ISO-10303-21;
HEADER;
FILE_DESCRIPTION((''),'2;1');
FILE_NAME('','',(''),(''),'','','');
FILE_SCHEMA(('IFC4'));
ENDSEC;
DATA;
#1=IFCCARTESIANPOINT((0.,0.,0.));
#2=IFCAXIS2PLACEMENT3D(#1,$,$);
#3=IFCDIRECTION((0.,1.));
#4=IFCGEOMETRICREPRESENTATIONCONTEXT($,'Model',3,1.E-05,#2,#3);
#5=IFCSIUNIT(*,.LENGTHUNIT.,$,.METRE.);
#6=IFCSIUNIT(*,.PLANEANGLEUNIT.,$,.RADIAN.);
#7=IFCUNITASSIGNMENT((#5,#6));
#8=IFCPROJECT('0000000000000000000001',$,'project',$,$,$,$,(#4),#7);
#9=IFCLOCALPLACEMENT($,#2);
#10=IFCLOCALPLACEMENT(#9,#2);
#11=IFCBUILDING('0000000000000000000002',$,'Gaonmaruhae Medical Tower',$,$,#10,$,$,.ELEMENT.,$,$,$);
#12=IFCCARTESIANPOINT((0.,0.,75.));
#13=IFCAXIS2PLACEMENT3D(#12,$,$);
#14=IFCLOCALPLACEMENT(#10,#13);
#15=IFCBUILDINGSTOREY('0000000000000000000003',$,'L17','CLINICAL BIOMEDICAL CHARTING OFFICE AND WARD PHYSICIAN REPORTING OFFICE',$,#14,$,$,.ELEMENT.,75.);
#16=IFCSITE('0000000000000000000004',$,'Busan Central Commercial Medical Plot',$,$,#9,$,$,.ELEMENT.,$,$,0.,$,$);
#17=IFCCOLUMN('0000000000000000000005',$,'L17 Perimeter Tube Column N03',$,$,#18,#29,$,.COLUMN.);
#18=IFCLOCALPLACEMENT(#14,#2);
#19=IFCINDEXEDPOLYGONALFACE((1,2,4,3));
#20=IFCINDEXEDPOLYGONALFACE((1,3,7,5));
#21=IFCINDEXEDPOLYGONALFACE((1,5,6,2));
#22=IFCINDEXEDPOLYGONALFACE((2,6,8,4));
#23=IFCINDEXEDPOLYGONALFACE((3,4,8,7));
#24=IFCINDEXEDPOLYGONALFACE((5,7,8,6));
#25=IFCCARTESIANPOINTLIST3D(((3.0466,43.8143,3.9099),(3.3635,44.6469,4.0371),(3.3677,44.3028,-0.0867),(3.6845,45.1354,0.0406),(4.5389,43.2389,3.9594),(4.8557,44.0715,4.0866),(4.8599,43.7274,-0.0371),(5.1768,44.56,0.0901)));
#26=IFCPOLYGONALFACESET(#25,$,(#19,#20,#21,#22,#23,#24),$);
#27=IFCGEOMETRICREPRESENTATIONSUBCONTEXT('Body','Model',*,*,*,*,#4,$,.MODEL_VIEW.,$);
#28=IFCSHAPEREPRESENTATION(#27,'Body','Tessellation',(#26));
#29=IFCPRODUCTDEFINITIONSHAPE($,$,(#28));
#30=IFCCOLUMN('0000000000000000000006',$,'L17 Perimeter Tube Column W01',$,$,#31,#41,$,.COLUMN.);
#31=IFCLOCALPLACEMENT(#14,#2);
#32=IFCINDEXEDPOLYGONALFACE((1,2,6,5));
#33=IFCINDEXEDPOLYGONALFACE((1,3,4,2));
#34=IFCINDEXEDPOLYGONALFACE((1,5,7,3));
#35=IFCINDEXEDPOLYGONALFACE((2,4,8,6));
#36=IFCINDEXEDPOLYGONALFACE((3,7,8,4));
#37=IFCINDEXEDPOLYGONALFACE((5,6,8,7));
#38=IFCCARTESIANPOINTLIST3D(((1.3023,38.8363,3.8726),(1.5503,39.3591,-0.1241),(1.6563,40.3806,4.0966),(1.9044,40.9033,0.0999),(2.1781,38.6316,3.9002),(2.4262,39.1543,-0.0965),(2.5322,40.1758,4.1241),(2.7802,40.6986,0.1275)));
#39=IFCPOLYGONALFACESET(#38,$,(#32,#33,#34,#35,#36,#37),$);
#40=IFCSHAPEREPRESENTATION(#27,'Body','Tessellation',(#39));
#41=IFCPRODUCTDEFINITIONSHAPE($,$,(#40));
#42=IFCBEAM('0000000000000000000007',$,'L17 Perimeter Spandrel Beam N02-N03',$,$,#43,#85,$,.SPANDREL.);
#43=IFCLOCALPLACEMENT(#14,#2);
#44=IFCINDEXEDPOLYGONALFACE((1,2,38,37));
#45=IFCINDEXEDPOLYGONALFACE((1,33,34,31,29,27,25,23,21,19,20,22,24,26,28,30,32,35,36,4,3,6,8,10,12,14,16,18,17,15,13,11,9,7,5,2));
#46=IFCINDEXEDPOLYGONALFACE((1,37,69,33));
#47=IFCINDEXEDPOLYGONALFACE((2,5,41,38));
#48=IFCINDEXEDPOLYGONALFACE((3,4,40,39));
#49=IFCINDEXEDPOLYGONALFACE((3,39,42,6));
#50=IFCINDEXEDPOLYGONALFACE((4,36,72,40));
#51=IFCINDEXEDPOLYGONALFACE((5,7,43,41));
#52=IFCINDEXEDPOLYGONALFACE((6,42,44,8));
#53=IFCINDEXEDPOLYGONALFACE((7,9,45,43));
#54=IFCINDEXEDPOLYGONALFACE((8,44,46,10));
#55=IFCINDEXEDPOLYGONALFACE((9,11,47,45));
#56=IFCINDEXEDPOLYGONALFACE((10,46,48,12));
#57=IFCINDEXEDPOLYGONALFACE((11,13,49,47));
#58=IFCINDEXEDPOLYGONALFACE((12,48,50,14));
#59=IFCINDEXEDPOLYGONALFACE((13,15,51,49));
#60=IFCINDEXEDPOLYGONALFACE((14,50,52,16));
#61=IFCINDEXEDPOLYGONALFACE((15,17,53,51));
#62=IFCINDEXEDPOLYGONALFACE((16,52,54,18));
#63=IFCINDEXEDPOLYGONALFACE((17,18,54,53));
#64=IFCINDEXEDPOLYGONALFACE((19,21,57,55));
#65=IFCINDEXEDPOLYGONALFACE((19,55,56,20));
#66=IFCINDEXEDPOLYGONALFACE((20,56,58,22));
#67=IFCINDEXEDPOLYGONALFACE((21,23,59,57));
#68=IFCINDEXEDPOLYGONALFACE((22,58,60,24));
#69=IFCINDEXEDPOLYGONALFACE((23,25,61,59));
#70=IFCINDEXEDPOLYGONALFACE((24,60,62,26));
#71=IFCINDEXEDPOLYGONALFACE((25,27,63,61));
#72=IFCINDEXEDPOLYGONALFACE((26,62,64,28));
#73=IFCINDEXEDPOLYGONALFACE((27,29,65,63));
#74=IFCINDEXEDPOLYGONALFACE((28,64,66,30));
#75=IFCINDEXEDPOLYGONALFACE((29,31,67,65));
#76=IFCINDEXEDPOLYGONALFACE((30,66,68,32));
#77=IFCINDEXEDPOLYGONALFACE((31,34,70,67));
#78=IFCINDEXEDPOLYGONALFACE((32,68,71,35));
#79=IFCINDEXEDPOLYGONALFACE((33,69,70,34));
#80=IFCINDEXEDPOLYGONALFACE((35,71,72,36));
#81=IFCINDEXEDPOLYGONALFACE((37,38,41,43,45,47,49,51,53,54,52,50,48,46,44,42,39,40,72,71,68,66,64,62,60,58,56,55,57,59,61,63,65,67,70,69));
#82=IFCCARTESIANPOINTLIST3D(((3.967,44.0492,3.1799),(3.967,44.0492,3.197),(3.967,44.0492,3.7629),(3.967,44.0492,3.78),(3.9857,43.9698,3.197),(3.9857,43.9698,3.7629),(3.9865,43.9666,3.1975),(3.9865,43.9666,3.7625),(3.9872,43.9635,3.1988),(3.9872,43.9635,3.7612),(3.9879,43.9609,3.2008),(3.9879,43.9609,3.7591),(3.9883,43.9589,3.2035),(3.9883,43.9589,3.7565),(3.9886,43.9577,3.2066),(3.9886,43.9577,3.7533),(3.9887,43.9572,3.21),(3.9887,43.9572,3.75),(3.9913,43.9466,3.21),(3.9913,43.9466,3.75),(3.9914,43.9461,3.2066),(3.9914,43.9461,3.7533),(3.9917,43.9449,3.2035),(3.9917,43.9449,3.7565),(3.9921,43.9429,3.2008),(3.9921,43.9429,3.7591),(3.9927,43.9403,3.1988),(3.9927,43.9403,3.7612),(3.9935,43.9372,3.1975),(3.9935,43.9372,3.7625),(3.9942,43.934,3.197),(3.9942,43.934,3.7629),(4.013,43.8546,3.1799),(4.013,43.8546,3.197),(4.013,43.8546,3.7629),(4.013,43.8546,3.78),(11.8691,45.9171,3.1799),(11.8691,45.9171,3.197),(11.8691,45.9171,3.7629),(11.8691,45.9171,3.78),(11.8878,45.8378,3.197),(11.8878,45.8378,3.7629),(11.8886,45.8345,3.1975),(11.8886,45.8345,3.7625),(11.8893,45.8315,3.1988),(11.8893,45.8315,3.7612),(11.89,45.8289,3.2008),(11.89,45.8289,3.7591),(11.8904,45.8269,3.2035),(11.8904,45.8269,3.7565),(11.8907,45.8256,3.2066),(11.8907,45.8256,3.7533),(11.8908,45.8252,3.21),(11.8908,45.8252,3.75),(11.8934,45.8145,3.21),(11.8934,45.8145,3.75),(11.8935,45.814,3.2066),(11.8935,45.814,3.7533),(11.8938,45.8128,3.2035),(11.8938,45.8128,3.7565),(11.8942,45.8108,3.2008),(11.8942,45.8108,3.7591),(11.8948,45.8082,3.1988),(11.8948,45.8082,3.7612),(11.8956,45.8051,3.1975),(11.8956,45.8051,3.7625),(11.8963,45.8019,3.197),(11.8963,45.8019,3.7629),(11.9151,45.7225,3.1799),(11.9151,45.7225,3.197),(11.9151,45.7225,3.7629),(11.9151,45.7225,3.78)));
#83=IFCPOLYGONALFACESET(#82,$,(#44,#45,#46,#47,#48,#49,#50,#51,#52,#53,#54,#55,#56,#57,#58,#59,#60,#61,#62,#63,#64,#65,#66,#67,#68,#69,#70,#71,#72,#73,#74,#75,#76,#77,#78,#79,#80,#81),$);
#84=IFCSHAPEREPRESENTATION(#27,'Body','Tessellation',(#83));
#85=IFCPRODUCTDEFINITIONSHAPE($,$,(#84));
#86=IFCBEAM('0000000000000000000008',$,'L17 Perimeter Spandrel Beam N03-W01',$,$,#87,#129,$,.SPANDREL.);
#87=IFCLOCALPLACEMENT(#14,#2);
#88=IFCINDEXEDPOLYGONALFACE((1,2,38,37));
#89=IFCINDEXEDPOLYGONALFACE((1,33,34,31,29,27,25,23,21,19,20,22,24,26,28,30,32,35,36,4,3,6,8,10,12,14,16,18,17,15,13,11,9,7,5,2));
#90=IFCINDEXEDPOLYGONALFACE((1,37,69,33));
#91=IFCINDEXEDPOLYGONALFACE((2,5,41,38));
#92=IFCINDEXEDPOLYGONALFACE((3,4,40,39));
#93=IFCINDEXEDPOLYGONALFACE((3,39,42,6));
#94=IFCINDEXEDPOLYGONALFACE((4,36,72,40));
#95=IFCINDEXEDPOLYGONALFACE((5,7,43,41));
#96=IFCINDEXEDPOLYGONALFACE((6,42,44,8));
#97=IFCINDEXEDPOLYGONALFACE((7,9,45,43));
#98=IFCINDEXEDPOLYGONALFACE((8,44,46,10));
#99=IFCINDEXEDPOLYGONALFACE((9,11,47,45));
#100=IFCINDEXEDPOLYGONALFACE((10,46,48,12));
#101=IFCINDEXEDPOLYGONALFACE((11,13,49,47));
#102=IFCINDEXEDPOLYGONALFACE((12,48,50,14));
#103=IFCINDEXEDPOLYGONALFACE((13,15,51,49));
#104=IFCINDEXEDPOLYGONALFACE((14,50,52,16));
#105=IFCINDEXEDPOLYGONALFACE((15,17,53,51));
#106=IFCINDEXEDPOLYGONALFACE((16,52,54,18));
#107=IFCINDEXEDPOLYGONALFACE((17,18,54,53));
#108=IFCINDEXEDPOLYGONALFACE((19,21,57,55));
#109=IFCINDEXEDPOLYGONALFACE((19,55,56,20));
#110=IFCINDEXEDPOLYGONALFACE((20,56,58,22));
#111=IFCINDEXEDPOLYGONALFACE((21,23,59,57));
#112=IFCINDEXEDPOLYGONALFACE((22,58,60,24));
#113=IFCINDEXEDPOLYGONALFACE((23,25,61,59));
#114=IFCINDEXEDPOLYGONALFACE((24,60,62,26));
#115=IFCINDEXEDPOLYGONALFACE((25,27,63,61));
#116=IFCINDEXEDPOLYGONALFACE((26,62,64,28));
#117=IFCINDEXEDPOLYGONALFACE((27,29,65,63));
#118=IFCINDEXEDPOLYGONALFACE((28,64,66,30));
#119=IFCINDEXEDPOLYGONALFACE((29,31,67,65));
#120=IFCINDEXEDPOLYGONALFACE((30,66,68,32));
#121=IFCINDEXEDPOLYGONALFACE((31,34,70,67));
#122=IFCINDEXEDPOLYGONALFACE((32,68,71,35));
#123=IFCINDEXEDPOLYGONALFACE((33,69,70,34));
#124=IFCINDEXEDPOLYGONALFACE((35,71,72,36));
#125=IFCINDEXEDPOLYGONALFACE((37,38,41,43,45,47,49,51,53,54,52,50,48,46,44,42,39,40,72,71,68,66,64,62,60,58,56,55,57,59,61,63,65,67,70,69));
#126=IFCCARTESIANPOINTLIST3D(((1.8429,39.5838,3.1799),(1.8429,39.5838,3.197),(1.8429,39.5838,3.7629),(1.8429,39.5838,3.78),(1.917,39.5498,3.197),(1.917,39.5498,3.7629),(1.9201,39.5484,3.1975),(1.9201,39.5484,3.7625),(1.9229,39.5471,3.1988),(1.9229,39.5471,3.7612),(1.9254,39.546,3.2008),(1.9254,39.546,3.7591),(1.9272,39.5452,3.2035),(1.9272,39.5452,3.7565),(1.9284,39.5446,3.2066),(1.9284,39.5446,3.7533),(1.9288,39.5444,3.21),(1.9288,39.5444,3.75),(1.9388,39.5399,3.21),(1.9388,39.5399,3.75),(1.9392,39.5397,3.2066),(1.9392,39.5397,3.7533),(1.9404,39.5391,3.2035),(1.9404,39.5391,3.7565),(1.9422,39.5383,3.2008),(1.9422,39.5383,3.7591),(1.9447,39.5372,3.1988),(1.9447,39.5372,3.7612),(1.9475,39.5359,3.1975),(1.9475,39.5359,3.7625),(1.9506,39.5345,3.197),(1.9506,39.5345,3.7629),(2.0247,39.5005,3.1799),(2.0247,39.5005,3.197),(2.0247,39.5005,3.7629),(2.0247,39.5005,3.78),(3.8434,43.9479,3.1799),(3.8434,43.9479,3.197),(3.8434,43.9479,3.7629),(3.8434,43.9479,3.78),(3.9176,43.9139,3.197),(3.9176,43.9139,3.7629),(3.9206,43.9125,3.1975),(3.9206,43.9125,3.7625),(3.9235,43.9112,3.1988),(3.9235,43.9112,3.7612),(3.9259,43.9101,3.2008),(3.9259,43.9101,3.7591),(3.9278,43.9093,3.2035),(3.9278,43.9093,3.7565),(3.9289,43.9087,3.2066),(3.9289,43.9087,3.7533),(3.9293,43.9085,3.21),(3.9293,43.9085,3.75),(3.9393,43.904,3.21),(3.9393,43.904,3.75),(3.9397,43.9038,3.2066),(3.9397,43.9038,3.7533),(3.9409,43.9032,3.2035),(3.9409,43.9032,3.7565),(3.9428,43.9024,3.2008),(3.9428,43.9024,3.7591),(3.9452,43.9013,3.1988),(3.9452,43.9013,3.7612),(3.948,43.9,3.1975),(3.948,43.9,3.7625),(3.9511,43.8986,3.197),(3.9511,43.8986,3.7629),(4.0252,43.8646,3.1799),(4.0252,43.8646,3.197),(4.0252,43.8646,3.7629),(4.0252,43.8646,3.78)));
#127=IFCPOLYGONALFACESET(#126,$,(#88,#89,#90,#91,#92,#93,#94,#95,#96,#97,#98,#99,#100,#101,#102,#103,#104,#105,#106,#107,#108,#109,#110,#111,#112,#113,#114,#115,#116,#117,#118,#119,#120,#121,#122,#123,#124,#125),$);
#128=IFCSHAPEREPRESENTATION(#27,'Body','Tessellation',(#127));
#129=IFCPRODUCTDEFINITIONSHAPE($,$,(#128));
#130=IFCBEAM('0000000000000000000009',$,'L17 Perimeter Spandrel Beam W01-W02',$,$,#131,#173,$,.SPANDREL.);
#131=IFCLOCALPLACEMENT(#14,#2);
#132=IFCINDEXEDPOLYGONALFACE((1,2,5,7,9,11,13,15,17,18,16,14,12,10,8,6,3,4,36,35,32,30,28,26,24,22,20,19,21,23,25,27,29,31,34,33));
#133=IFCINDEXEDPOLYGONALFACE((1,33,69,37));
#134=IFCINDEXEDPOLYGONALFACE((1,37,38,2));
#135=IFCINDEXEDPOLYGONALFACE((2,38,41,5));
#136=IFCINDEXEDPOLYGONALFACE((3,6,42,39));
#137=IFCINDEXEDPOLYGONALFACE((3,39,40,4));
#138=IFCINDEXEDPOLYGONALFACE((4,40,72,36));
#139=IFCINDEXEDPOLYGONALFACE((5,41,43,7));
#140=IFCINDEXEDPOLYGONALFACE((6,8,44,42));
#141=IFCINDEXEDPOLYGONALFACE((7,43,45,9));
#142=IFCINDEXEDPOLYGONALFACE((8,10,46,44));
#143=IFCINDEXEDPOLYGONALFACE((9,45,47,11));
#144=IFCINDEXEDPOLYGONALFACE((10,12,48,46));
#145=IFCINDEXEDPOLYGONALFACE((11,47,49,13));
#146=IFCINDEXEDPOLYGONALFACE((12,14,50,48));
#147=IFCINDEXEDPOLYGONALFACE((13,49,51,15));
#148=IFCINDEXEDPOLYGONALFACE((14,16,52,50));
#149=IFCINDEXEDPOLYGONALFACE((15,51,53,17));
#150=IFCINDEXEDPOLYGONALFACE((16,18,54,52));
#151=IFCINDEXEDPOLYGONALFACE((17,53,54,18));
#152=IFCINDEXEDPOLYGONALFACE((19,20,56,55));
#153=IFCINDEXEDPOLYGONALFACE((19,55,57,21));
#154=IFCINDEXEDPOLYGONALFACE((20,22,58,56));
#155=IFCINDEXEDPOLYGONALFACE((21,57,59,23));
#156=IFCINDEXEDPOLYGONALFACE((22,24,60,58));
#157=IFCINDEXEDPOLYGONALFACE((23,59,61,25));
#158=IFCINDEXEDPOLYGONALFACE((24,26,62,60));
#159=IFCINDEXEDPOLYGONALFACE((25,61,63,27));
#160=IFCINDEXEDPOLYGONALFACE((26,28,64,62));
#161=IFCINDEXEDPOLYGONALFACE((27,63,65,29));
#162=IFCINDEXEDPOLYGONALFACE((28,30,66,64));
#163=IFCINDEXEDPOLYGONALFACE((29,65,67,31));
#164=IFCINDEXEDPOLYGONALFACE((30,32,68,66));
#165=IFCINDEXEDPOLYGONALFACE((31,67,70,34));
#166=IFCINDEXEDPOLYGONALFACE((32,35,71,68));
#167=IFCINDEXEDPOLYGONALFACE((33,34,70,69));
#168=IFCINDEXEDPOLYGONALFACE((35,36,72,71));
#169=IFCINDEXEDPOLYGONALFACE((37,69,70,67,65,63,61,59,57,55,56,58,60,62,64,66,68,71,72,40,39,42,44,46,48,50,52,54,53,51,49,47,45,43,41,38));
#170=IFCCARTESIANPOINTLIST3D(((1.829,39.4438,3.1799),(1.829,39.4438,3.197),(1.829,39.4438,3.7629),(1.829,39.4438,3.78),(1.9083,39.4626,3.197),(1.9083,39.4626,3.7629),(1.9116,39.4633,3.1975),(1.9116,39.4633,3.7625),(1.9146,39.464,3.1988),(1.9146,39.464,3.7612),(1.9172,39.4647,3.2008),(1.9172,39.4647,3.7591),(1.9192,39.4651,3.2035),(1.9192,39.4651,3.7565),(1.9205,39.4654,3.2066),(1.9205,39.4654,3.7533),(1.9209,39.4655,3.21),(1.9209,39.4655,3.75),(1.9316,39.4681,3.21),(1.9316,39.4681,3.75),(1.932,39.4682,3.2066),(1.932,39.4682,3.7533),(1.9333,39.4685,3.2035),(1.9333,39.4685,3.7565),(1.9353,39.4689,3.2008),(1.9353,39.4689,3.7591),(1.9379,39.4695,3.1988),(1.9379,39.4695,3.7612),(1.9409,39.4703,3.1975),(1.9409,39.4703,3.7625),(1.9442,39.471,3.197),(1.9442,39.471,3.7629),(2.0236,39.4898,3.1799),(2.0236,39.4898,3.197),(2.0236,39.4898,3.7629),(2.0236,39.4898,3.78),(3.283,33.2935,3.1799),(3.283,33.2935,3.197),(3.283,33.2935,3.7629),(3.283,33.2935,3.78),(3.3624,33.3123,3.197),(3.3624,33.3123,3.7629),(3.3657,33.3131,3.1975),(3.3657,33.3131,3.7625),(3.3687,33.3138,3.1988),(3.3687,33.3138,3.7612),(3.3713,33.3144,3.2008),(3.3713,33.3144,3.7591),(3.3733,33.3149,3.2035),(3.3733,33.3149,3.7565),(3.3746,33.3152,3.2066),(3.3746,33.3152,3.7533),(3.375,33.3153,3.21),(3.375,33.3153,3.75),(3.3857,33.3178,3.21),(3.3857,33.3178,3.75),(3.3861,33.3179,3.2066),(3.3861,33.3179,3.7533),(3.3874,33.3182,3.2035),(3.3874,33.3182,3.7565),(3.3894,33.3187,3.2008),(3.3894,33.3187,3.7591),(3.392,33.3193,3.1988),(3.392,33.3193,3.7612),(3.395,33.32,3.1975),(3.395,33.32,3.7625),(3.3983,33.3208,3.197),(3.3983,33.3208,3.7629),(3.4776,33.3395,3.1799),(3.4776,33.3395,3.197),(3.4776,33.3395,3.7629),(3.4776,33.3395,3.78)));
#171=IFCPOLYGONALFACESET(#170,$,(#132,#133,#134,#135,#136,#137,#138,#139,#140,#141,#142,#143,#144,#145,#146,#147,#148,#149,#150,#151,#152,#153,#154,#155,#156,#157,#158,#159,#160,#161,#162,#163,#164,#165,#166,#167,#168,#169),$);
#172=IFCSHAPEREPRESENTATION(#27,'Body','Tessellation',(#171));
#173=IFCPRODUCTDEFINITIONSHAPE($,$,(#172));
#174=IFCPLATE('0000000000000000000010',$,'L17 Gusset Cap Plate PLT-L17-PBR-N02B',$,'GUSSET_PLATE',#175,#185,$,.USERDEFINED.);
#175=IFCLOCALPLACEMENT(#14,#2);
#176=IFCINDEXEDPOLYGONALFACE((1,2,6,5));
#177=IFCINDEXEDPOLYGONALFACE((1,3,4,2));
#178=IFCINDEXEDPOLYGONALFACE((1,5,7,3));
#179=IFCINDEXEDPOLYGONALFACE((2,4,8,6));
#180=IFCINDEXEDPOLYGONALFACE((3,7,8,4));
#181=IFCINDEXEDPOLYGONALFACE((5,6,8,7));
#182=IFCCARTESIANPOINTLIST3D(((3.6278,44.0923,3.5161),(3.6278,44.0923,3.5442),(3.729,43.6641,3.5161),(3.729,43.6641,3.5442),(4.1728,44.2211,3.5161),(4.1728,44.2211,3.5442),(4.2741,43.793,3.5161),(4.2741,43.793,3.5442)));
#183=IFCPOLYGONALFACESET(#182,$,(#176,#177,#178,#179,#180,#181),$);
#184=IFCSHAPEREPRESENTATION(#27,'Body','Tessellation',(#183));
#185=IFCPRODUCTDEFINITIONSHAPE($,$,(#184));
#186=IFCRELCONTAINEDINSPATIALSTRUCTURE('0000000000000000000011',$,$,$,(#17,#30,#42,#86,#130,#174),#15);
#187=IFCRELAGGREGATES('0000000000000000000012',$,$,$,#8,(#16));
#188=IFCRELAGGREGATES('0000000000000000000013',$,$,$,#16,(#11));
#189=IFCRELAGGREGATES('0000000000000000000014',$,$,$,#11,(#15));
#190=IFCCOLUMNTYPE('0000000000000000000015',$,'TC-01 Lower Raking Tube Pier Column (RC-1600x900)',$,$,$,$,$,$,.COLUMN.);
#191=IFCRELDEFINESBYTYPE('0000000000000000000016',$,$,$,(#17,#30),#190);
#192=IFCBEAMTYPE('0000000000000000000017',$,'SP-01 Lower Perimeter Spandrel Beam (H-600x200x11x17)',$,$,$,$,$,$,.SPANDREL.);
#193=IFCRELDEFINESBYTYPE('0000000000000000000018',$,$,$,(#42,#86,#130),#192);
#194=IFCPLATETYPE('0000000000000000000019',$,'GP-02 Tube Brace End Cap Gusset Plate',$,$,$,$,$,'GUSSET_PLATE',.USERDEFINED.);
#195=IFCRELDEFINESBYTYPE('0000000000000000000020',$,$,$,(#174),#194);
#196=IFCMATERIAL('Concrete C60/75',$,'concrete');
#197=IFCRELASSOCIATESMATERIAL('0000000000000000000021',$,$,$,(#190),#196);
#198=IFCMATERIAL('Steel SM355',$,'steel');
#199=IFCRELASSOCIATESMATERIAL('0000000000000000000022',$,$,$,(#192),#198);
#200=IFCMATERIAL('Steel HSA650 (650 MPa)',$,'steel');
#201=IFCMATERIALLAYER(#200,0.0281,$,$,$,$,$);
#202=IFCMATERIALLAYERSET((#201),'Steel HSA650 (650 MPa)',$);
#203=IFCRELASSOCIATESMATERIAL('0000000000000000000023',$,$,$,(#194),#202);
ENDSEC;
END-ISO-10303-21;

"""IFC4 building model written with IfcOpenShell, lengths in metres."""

from ifc_helpers import new_model, si_unit, direction, frame, origin, origin_2d, place, context, subcontext, project, spatial, rectangle, i_section, extrude, material, layer, layer_set, material_profile, profile_set, type_object, element, save


model = new_model("IFC4")

# Units and contexts
model_context = context("Model", 3, precision=1e-05, world=origin(), true_north=direction((0.0, 1.0)))
body_context = subcontext(model_context, "Body", "Model", "MODEL_VIEW")
ifc_project = project(units=[si_unit("LENGTHUNIT", "METRE"), si_unit("PLANEANGLEUNIT", "RADIAN")], contexts=[model_context])

# Site, building, storey
site_placement = place(None, origin())
site = spatial("IfcSite", under=ifc_project, at=site_placement, Name="Busan Central Commercial Medical Plot", CompositionType="ELEMENT", RefElevation=0.0)
building_placement = place(site_placement, origin())
building = spatial("IfcBuilding", under=site, at=building_placement, Name="Gaonmaruhae Medical Tower", CompositionType="ELEMENT")
storey_placement = place(building_placement, frame((0.0, 0.0, 75.0)))
storey = spatial("IfcBuildingStorey", under=building, at=storey_placement, Name="L17", Description="CLINICAL BIOMEDICAL CHARTING OFFICE AND WARD PHYSICIAN REPORTING OFFICE", CompositionType="ELEMENT", Elevation=75.0)

# Columns
ifc_material_1 = material(Name="Concrete C60/75", Category="concrete")
ifc_material_profile_1 = material_profile(ifc_material_1, rectangle(XDim=1.6001, YDim=0.8999, at=origin_2d()), Name="RC-1600x900")
ifc_profile_set_1 = profile_set([ifc_material_profile_1], Name="Concrete C60/75")
column_type = type_object("IfcColumnType", Name="TC-01 Lower Raking Tube Pier Column (RC-1600x900)", PredefinedType="COLUMN", material=ifc_profile_set_1)
column_1_placement = place(storey_placement, frame((4.2722, 44.4314, 0.0017), z_axis=(-0.079484, -0.120949, 0.989471), x_axis=(0.932583, -0.359627, 0.030955)))
element("IfcColumn", 1, at=column_1_placement, inside=storey, type_object=column_type, Name="L17 Perimeter Tube Column N03", PredefinedType="COLUMN", context=body_context, shape_type="SweptSolid", body=[
    extrude(rectangle(XDim=1.6001, YDim=0.8999, at=origin_2d()), origin(), (0.0, 0.0, 1.0), 4.0391),
])
column_2_placement = place(storey_placement, frame((2.1653, 40.0288, 0.0017), z_axis=(-0.061424, -0.129439, 0.989683), x_axis=(0.22125, 0.965122, 0.139958)))
element("IfcColumn", 2, at=column_2_placement, inside=storey, type_object=column_type, Name="L17 Perimeter Tube Column W01", PredefinedType="COLUMN", context=body_context, shape_type="SweptSolid", body=[
    extrude(rectangle(XDim=1.6001, YDim=0.8999, at=origin_2d()), origin(), (0.0, 0.0, 1.0), 4.0383),
])

# Beams
ifc_material_2 = material(Name="Steel SM355", Category="steel")
ifc_material_profile_2 = material_profile(ifc_material_2, i_section(OverallWidth=0.2, OverallDepth=0.6001, WebThickness=0.011, FlangeThickness=0.0171, FilletRadius=0.0129, at=origin_2d()), Name="H-600x200x11x17")
ifc_profile_set_2 = profile_set([ifc_material_profile_2], Name="Steel SM355")
beam_type = type_object("IfcBeamType", Name="SP-01 Lower Perimeter Spandrel Beam (H-600x200x11x17)", PredefinedType="SPANDREL", material=ifc_profile_set_2)
beam_1_placement = place(storey_placement, frame((11.8921, 45.8198, 3.48), z_axis=(-0.97318, -0.230043, 0.0), x_axis=(0.230043, -0.97318, 0.0)))
element("IfcBeam", 3, at=beam_1_placement, inside=storey, type_object=beam_type, Name="L17 Perimeter Spandrel Beam N02-N03", PredefinedType="SPANDREL", context=body_context, shape_type="SweptSolid", body=[
    extrude(i_section(OverallWidth=0.2, OverallDepth=0.6001, WebThickness=0.011, FlangeThickness=0.0171, FilletRadius=0.0129, at=origin_2d()), origin(), (0.0, 0.0, 1.0), 8.1199),
])
beam_2_placement = place(storey_placement, frame((3.9343, 43.9062, 3.48), z_axis=(-0.416709, -0.90904, 0.0), x_axis=(0.90904, -0.416709, 0.0)))
element("IfcBeam", 4, at=beam_2_placement, inside=storey, type_object=beam_type, Name="L17 Perimeter Spandrel Beam N03-W01", PredefinedType="SPANDREL", context=body_context, shape_type="SweptSolid", body=[
    extrude(i_section(OverallWidth=0.2, OverallDepth=0.6001, WebThickness=0.011, FlangeThickness=0.0171, FilletRadius=0.0129, at=origin_2d()), origin(), (0.0, 0.0, 1.0), 4.8008),
])
beam_3_placement = place(storey_placement, frame((1.9263, 39.4668, 3.48), z_axis=(0.230081, -0.973171, 0.0), x_axis=(0.973171, 0.230081, 0.0)))
element("IfcBeam", 5, at=beam_3_placement, inside=storey, type_object=beam_type, Name="L17 Perimeter Spandrel Beam W01-W02", PredefinedType="SPANDREL", context=body_context, shape_type="SweptSolid", body=[
    extrude(i_section(OverallWidth=0.2, OverallDepth=0.6001, WebThickness=0.011, FlangeThickness=0.0171, FilletRadius=0.0129, at=origin_2d()), origin(), (0.0, 0.0, 1.0), 6.3198),
])

# Plate
ifc_material_3 = material(Name="Steel HSA650 (650 MPa)", Category="steel")
ifc_layer_1 = layer(ifc_material_3, 0.0281)
ifc_layer_set_1 = layer_set([ifc_layer_1], Name="Steel HSA650 (650 MPa)")
plate_type_1 = type_object("IfcPlateType", Name="GP-02 Tube Brace End Cap Gusset Plate", ElementType="GUSSET_PLATE", PredefinedType="USERDEFINED", material=ifc_layer_set_1)
plate_1_placement = place(storey_placement, frame((3.9509, 43.9426, 3.5161), z_axis=(0.0, 0.0, 1.0), x_axis=(0.973179, 0.23005, 0.0)))
element("IfcPlate", 6, at=plate_1_placement, inside=storey, type_object=plate_type_1, Name="L17 Gusset Cap Plate PLT-L17-PBR-N02B", ObjectType="GUSSET_PLATE", PredefinedType="USERDEFINED", context=body_context, shape_type="SweptSolid", body=[
    extrude(rectangle(XDim=0.5601, YDim=0.4399, at=origin_2d()), origin(), (0.0, 0.0, 1.0), 0.0281),
])

save(model, "model.ifc")
